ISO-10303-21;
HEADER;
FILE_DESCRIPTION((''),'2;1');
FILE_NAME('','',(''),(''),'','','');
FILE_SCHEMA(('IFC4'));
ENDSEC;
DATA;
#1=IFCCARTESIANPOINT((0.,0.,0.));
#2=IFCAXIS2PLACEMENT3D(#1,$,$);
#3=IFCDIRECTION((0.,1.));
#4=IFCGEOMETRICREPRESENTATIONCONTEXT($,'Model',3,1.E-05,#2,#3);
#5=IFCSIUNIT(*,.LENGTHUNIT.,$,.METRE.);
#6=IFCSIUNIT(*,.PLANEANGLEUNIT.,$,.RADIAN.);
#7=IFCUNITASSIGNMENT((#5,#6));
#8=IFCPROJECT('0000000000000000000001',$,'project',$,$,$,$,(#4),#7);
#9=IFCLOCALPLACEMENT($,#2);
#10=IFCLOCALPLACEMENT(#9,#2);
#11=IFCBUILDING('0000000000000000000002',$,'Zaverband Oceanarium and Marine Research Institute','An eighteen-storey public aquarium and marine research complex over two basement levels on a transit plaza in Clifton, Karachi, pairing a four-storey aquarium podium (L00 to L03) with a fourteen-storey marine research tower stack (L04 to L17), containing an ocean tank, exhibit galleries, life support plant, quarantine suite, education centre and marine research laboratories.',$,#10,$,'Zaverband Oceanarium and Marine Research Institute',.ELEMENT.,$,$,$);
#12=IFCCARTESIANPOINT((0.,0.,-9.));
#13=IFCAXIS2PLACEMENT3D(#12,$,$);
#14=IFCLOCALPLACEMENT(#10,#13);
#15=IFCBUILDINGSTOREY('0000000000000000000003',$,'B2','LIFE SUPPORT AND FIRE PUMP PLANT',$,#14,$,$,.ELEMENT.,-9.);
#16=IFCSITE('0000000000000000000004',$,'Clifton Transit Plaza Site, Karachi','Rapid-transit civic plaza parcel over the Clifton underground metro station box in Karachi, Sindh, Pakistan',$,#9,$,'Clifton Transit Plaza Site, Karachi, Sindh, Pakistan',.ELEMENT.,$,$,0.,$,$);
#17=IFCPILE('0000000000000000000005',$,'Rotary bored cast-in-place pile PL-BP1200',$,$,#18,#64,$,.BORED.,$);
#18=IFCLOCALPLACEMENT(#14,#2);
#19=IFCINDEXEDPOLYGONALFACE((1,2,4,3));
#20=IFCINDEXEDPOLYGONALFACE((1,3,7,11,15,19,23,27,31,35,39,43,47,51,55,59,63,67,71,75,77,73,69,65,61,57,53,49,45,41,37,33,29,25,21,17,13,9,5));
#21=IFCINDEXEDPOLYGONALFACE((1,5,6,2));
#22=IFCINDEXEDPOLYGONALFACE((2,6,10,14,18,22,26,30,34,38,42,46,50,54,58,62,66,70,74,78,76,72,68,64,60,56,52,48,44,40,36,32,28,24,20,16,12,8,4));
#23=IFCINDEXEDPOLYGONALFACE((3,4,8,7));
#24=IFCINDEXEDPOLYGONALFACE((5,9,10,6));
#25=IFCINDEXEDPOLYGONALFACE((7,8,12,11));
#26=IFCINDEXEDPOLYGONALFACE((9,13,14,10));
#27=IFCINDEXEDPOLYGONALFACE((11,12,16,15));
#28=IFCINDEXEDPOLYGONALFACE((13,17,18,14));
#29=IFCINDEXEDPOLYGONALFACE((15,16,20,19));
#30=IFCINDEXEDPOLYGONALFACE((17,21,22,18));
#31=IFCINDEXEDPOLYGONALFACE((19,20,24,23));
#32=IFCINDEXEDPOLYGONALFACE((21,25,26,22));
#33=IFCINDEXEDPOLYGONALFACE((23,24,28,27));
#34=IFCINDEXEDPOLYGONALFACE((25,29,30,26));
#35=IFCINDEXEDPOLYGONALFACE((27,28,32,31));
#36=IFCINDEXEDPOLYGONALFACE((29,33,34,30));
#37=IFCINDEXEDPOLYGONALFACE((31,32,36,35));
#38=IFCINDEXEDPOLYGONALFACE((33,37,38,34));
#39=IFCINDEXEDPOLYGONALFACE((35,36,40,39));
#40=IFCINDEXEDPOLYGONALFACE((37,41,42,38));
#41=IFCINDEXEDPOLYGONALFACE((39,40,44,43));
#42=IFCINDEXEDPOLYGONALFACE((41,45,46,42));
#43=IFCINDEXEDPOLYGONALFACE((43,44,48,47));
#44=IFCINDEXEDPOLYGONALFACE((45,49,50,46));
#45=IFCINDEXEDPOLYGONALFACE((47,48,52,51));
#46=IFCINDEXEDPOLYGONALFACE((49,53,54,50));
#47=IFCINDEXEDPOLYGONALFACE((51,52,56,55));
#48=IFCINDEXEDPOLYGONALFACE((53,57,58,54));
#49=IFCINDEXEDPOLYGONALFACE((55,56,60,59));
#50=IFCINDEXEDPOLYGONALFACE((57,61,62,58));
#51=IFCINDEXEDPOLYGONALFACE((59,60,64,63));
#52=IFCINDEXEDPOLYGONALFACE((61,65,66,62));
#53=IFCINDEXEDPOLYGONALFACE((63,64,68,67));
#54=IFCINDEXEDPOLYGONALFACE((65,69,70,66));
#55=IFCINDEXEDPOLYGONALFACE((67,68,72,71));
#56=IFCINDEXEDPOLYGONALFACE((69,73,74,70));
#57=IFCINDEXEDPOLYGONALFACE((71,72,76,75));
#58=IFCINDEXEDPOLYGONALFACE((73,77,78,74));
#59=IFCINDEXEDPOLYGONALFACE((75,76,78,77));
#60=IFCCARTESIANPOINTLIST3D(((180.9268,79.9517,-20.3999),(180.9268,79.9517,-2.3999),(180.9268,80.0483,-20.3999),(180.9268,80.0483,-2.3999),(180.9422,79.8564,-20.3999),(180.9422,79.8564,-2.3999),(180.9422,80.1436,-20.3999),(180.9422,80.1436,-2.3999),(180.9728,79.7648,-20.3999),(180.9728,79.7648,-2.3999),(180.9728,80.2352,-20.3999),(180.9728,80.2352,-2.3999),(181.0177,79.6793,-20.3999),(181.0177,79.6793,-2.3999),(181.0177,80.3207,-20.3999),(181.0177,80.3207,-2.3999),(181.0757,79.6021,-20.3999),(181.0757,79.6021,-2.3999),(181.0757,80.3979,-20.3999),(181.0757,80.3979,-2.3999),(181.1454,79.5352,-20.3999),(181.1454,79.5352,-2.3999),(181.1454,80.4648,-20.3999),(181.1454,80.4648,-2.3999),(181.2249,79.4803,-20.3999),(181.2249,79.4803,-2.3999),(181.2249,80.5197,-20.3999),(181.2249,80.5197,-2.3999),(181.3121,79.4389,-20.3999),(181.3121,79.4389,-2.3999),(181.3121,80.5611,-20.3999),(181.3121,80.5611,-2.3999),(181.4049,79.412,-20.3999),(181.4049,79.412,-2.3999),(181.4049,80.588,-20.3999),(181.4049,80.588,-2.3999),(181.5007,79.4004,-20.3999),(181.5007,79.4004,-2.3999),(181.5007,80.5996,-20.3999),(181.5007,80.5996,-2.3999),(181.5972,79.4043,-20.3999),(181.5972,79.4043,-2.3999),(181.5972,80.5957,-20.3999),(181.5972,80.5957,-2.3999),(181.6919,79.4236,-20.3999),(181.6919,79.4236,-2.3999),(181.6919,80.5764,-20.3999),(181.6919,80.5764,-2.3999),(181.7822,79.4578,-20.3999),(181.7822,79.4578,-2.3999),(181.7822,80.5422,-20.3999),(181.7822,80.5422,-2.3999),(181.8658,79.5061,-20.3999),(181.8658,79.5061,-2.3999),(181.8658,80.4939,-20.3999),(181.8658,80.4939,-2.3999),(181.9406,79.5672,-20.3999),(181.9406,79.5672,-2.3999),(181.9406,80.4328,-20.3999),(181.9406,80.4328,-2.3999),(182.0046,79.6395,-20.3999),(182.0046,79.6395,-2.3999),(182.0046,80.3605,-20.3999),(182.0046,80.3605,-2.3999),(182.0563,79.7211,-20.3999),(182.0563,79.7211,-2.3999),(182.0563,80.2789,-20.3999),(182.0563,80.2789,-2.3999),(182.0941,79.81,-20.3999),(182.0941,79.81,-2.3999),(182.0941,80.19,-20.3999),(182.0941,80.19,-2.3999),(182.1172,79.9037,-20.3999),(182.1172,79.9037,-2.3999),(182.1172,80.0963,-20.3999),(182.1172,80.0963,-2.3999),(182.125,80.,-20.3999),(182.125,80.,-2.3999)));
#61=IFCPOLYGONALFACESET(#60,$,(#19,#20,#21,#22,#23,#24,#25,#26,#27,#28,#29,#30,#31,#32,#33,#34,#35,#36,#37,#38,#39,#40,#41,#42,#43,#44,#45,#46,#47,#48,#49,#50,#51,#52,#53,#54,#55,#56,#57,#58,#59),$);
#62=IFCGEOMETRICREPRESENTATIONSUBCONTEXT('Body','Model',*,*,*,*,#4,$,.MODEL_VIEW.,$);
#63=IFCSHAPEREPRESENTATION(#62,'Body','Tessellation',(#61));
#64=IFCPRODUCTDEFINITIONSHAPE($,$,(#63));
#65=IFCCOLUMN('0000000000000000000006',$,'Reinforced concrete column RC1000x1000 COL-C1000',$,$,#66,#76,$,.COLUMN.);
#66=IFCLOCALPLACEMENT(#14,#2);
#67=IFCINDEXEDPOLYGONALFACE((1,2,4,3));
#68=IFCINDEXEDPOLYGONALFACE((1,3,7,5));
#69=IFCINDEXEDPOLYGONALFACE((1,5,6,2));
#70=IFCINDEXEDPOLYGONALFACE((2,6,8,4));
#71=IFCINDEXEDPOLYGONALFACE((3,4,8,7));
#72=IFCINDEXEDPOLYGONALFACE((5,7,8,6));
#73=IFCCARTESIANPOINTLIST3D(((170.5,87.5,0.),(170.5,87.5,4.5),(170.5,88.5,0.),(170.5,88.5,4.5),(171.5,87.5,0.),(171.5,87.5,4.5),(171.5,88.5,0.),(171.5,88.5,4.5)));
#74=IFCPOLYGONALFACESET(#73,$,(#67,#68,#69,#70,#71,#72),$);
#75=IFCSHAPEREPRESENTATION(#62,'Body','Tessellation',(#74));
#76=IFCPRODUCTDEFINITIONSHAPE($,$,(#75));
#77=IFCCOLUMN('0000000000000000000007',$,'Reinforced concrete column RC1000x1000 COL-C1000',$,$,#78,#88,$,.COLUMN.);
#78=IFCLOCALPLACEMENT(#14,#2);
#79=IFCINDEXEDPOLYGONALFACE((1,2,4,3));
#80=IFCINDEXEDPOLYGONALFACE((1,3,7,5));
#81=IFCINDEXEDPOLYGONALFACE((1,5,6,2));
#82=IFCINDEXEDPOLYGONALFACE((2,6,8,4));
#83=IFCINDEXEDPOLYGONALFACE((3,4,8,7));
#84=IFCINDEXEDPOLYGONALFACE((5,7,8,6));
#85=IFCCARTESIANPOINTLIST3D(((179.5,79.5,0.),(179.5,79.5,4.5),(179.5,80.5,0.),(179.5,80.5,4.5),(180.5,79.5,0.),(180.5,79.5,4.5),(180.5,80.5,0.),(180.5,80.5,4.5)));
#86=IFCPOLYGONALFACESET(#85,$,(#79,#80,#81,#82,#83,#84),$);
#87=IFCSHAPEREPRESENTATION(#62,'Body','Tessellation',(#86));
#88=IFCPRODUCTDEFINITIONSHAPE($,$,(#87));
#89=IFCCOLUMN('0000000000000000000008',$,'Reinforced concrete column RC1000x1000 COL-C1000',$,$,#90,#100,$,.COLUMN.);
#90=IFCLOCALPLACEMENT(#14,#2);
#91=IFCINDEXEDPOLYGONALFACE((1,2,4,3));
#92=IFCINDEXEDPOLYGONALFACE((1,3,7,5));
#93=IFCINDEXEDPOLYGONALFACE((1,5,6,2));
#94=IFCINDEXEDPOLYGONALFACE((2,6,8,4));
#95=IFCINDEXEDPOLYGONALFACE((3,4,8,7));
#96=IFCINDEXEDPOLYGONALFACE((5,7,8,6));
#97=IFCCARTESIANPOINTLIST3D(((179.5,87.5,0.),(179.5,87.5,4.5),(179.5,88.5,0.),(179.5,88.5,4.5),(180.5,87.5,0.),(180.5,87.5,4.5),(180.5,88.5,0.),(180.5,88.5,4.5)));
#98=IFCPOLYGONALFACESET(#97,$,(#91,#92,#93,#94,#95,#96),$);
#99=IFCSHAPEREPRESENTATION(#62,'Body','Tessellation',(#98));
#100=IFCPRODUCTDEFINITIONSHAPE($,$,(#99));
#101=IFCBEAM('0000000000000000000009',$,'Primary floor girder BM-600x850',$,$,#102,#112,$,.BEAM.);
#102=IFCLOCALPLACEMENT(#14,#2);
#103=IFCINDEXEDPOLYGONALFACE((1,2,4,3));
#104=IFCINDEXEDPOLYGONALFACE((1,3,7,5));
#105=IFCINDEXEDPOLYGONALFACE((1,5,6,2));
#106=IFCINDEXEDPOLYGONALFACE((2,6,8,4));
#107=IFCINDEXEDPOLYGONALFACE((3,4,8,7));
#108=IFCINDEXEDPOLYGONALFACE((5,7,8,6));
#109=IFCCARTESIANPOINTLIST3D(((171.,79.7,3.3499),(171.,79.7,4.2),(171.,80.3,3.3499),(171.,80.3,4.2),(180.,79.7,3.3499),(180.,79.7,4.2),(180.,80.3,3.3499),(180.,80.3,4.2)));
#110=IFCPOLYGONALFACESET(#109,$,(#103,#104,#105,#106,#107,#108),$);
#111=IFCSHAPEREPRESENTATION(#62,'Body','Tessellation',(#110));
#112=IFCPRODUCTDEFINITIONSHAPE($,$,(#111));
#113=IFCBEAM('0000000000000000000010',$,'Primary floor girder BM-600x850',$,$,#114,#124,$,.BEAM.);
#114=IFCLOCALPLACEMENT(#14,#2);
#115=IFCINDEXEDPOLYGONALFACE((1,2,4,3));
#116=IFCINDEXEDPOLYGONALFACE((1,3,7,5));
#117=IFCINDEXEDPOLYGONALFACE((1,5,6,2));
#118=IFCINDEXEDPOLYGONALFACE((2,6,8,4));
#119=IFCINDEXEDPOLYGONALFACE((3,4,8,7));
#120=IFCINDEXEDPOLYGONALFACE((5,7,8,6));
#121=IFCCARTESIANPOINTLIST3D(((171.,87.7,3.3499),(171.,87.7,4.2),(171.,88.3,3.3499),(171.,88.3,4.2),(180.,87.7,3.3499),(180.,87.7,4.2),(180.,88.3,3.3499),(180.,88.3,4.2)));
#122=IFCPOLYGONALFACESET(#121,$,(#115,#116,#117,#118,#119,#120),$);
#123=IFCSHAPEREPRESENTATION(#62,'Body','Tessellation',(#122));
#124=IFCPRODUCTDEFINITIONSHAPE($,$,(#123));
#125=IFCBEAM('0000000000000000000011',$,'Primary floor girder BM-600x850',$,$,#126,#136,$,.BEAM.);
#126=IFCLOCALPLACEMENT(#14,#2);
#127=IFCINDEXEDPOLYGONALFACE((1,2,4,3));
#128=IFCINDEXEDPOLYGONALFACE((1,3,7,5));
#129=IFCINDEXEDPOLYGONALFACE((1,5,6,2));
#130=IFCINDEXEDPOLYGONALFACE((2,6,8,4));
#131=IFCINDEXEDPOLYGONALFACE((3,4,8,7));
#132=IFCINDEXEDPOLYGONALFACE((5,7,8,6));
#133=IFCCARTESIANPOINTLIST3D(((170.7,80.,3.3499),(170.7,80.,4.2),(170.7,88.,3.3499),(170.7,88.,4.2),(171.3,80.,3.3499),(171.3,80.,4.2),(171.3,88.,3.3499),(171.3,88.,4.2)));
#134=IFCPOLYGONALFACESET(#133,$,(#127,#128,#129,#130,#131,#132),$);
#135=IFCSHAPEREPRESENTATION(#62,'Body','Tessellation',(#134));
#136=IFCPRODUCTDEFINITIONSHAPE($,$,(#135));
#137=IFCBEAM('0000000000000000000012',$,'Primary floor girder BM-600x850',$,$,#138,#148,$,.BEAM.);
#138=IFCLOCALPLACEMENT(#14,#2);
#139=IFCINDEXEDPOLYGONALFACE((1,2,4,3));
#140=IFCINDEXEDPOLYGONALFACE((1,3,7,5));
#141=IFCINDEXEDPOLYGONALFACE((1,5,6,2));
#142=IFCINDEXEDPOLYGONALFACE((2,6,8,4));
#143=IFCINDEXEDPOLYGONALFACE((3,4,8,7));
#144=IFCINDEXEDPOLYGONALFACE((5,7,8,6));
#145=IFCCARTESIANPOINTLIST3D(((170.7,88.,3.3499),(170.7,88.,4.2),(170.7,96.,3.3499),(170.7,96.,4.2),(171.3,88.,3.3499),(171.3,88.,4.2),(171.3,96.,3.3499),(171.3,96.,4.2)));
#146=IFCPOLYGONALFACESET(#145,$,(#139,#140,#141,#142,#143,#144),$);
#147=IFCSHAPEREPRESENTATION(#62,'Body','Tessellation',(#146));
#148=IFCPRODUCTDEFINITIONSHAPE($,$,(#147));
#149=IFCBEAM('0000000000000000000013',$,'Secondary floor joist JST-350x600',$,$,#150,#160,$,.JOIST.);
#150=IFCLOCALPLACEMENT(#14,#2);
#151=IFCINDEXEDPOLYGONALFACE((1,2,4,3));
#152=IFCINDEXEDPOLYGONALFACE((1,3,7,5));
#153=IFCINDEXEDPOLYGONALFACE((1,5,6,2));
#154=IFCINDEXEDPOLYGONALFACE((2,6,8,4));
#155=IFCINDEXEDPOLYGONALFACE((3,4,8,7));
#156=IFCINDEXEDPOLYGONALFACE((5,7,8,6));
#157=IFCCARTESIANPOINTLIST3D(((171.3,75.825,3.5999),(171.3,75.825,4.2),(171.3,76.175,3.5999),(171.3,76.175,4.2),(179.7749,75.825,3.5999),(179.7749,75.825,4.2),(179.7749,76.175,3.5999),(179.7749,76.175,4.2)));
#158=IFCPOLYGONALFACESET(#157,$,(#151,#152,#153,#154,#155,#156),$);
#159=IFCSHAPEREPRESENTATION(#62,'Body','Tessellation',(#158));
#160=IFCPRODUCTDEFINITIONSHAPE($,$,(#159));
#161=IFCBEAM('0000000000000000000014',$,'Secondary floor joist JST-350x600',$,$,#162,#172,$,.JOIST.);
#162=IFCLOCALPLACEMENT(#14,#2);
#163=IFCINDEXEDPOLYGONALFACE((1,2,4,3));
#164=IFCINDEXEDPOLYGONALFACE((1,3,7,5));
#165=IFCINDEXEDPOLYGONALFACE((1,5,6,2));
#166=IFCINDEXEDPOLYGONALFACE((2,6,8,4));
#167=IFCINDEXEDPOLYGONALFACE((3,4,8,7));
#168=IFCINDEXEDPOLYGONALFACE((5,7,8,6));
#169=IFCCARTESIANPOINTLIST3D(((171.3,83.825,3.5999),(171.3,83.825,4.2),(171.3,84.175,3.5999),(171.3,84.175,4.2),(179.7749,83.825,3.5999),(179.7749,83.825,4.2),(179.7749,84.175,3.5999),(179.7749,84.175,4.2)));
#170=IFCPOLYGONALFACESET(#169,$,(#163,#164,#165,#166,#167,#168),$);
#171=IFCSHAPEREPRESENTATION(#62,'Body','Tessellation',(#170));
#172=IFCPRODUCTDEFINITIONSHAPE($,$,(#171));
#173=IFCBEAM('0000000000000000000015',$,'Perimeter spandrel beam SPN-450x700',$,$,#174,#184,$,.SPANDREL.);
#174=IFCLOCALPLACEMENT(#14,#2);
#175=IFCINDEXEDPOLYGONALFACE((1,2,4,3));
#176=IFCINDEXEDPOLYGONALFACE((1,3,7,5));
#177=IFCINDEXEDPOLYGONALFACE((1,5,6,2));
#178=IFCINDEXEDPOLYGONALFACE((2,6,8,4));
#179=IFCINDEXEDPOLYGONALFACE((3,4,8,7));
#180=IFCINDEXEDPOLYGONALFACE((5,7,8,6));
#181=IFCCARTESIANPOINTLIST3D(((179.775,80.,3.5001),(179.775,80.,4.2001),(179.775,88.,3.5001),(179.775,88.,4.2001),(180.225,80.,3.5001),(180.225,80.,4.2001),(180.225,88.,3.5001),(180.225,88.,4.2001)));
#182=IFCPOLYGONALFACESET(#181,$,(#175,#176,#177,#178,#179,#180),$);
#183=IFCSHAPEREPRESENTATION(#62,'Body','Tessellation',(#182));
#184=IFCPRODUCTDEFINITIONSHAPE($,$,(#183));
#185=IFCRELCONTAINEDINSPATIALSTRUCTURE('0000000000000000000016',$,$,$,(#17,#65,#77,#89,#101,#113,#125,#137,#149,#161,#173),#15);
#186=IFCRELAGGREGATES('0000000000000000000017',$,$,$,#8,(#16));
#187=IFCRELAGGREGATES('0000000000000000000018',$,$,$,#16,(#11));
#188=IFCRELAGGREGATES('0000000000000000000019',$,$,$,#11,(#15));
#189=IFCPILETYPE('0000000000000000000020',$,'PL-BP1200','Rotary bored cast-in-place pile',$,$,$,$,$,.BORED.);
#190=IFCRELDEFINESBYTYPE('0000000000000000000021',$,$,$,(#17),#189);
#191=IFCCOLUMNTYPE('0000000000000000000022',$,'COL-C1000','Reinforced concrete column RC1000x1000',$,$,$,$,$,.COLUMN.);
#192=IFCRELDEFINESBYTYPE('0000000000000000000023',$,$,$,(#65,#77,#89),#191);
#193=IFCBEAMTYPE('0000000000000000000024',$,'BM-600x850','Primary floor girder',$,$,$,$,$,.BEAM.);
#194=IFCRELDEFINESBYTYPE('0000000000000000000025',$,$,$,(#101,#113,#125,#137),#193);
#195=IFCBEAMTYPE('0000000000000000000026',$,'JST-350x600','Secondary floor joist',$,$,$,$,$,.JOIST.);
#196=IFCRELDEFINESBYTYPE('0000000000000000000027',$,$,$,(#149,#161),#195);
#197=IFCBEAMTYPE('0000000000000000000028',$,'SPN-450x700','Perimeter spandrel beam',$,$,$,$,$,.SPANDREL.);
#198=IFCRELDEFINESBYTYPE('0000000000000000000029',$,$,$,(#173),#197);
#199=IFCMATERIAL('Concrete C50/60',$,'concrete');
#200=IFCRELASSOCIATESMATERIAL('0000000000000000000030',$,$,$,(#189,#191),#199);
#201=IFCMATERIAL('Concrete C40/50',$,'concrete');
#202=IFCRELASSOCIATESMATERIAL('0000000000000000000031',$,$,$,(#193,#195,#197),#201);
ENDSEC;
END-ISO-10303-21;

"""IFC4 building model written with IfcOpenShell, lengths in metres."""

from ifc_helpers import new_model, si_unit, direction, frame, origin, origin_2d, place, context, subcontext, project, spatial, rectangle, circle, extrude, material, material_profile, profile_set, type_object, element, save


model = new_model("IFC4")

# Units and contexts
model_context = context("Model", 3, precision=1e-05, world=origin(), true_north=direction((0.0, 1.0)))
body_context = subcontext(model_context, "Body", "Model", "MODEL_VIEW")
ifc_project = project(units=[si_unit("LENGTHUNIT", "METRE"), si_unit("PLANEANGLEUNIT", "RADIAN")], contexts=[model_context])

# Site, building, storey
site_placement = place(None, origin())
site = spatial("IfcSite", under=ifc_project, at=site_placement, Name="Clifton Transit Plaza Site, Karachi", Description="Rapid-transit civic plaza parcel over the Clifton underground metro station box in Karachi, Sindh, Pakistan", LongName="Clifton Transit Plaza Site, Karachi, Sindh, Pakistan", CompositionType="ELEMENT", RefElevation=0.0)
building_placement = place(site_placement, origin())
building = spatial("IfcBuilding", under=site, at=building_placement, Name="Zaverband Oceanarium and Marine Research Institute", Description="An eighteen-storey public aquarium and marine research complex over two basement levels on a transit plaza in Clifton, Karachi, pairing a four-storey aquarium podium (L00 to L03) with a fourteen-storey marine research tower stack (L04 to L17), containing an ocean tank, exhibit galleries, life support plant, quarantine suite, education centre and marine research laboratories.", LongName="Zaverband Oceanarium and Marine Research Institute", CompositionType="ELEMENT")
storey_placement = place(building_placement, frame((0.0, 0.0, -9.0)))
storey = spatial("IfcBuildingStorey", under=building, at=storey_placement, Name="B2", Description="LIFE SUPPORT AND FIRE PUMP PLANT", CompositionType="ELEMENT", Elevation=-9.0)

# Shared definitions
ifc_material_1 = material(Name="Concrete C50/60", Category="concrete")

# Pile
ifc_material_profile_1 = material_profile(ifc_material_1, circle(Radius=0.6001, at=origin_2d()), Name="BP1200")
ifc_profile_set_1 = profile_set([ifc_material_profile_1], Name="Concrete C50/60")
pile_type_1 = type_object("IfcPileType", Name="PL-BP1200", Description="Rotary bored cast-in-place pile", PredefinedType="BORED", material=ifc_profile_set_1)
for number, where, z_axis, x_axis, name in (
    (1, (181.5249, 80.0, -2.3999), (0.0, 0.0, -1.0), (1.0, 0.0, 0.0), "Rotary bored cast-in-place pile PL-BP1200"),
):
    element("IfcPile", number, at=place(storey_placement, frame(where, z_axis=z_axis, x_axis=x_axis)), inside=storey, type_object=pile_type_1, Name=name, PredefinedType="BORED", context=body_context, shape_type="SweptSolid", body=[
        extrude(circle(Radius=0.6001, at=origin_2d()), origin(), (0.0, 0.0, 1.0), 18.0),
    ])

# Columns
ifc_material_profile_2 = material_profile(ifc_material_1, rectangle(XDim=1.0, YDim=1.0, at=origin_2d()), Name="RC1000x1000")
ifc_profile_set_2 = profile_set([ifc_material_profile_2], Name="Concrete C50/60")
column_type = type_object("IfcColumnType", Name="COL-C1000", Description="Reinforced concrete column RC1000x1000", PredefinedType="COLUMN", material=ifc_profile_set_2)
for number, where, z_axis, x_axis, name in (
    (2, (171.0, 88.0, 0.0), (0.0, 0.0, 1.0), (1.0, 0.0, 0.0), "Reinforced concrete column RC1000x1000 COL-C1000"),
    (3, (180.0, 80.0, 0.0), (0.0, 0.0, 1.0), (1.0, 0.0, 0.0), "Reinforced concrete column RC1000x1000 COL-C1000"),
    (4, (180.0, 88.0, 0.0), (0.0, 0.0, 1.0), (1.0, 0.0, 0.0), "Reinforced concrete column RC1000x1000 COL-C1000"),
):
    element("IfcColumn", number, at=place(storey_placement, frame(where, z_axis=z_axis, x_axis=x_axis)), inside=storey, type_object=column_type, Name=name, PredefinedType="COLUMN", context=body_context, shape_type="SweptSolid", body=[
        extrude(rectangle(XDim=1.0, YDim=1.0, at=origin_2d()), origin(), (0.0, 0.0, 1.0), 4.5),
    ])

# Beams
ifc_material_2 = material(Name="Concrete C40/50", Category="concrete")
ifc_material_profile_3 = material_profile(ifc_material_2, rectangle(XDim=0.6001, YDim=0.8501, at=origin_2d()), Name="RC600x850")
ifc_profile_set_3 = profile_set([ifc_material_profile_3], Name="Concrete C40/50")
beam_type_1 = type_object("IfcBeamType", Name="BM-600x850", Description="Primary floor girder", PredefinedType="BEAM", material=ifc_profile_set_3)
for number, where, z_axis, x_axis, name in (
    (5, (171.0, 80.0, 3.7749), (1.0, 0.0, 0.0), (0.0, 1.0, 0.0), "Primary floor girder BM-600x850"),
    (6, (171.0, 88.0, 3.7749), (1.0, 0.0, 0.0), (0.0, 1.0, 0.0), "Primary floor girder BM-600x850"),
):
    element("IfcBeam", number, at=place(storey_placement, frame(where, z_axis=z_axis, x_axis=x_axis)), inside=storey, type_object=beam_type_1, Name=name, PredefinedType="BEAM", context=body_context, shape_type="SweptSolid", body=[
        extrude(rectangle(XDim=0.6001, YDim=0.8501, at=origin_2d()), origin(), (0.0, 0.0, 1.0), 9.0),
    ])
for number, where, z_axis, x_axis, name in (
    (7, (171.0, 80.0, 3.7749), (0.0, 1.0, 0.0), (-1.0, 0.0, 0.0), "Primary floor girder BM-600x850"),
    (8, (171.0, 88.0, 3.7749), (0.0, 1.0, 0.0), (-1.0, 0.0, 0.0), "Primary floor girder BM-600x850"),
):
    element("IfcBeam", number, at=place(storey_placement, frame(where, z_axis=z_axis, x_axis=x_axis)), inside=storey, type_object=beam_type_1, Name=name, PredefinedType="BEAM", context=body_context, shape_type="SweptSolid", body=[
        extrude(rectangle(XDim=0.6001, YDim=0.8501, at=origin_2d()), origin(), (0.0, 0.0, 1.0), 8.0),
    ])
ifc_material_profile_4 = material_profile(ifc_material_2, rectangle(XDim=0.3501, YDim=0.6001, at=origin_2d()), Name="RC350x600")
ifc_profile_set_4 = profile_set([ifc_material_profile_4], Name="Concrete C40/50")
beam_type_2 = type_object("IfcBeamType", Name="JST-350x600", Description="Secondary floor joist", PredefinedType="JOIST", material=ifc_profile_set_4)
for number, where, z_axis, x_axis, name in (
    (9, (171.3, 76.0, 3.8999), (1.0, 0.0, 0.0), (0.0, 1.0, 0.0), "Secondary floor joist JST-350x600"),
    (10, (171.3, 84.0, 3.8999), (1.0, 0.0, 0.0), (0.0, 1.0, 0.0), "Secondary floor joist JST-350x600"),
):
    element("IfcBeam", number, at=place(storey_placement, frame(where, z_axis=z_axis, x_axis=x_axis)), inside=storey, type_object=beam_type_2, Name=name, PredefinedType="JOIST", context=body_context, shape_type="SweptSolid", body=[
        extrude(rectangle(XDim=0.3501, YDim=0.6001, at=origin_2d()), origin(), (0.0, 0.0, 1.0), 8.4749),
    ])
ifc_material_profile_5 = material_profile(ifc_material_2, rectangle(XDim=0.45, YDim=0.7, at=origin_2d()), Name="RC450x700")
ifc_profile_set_5 = profile_set([ifc_material_profile_5], Name="Concrete C40/50")
beam_type_3 = type_object("IfcBeamType", Name="SPN-450x700", Description="Perimeter spandrel beam", PredefinedType="SPANDREL", material=ifc_profile_set_5)
beam_placement = place(storey_placement, frame((180.0, 80.0, 3.8501), z_axis=(0.0, 1.0, 0.0), x_axis=(-1.0, 0.0, 0.0)))
element("IfcBeam", 11, at=beam_placement, inside=storey, type_object=beam_type_3, Name="Perimeter spandrel beam SPN-450x700", PredefinedType="SPANDREL", context=body_context, shape_type="SweptSolid", body=[
    extrude(rectangle(XDim=0.45, YDim=0.7, at=origin_2d()), origin(), (0.0, 0.0, 1.0), 8.0),
])

save(model, "model.ifc")
